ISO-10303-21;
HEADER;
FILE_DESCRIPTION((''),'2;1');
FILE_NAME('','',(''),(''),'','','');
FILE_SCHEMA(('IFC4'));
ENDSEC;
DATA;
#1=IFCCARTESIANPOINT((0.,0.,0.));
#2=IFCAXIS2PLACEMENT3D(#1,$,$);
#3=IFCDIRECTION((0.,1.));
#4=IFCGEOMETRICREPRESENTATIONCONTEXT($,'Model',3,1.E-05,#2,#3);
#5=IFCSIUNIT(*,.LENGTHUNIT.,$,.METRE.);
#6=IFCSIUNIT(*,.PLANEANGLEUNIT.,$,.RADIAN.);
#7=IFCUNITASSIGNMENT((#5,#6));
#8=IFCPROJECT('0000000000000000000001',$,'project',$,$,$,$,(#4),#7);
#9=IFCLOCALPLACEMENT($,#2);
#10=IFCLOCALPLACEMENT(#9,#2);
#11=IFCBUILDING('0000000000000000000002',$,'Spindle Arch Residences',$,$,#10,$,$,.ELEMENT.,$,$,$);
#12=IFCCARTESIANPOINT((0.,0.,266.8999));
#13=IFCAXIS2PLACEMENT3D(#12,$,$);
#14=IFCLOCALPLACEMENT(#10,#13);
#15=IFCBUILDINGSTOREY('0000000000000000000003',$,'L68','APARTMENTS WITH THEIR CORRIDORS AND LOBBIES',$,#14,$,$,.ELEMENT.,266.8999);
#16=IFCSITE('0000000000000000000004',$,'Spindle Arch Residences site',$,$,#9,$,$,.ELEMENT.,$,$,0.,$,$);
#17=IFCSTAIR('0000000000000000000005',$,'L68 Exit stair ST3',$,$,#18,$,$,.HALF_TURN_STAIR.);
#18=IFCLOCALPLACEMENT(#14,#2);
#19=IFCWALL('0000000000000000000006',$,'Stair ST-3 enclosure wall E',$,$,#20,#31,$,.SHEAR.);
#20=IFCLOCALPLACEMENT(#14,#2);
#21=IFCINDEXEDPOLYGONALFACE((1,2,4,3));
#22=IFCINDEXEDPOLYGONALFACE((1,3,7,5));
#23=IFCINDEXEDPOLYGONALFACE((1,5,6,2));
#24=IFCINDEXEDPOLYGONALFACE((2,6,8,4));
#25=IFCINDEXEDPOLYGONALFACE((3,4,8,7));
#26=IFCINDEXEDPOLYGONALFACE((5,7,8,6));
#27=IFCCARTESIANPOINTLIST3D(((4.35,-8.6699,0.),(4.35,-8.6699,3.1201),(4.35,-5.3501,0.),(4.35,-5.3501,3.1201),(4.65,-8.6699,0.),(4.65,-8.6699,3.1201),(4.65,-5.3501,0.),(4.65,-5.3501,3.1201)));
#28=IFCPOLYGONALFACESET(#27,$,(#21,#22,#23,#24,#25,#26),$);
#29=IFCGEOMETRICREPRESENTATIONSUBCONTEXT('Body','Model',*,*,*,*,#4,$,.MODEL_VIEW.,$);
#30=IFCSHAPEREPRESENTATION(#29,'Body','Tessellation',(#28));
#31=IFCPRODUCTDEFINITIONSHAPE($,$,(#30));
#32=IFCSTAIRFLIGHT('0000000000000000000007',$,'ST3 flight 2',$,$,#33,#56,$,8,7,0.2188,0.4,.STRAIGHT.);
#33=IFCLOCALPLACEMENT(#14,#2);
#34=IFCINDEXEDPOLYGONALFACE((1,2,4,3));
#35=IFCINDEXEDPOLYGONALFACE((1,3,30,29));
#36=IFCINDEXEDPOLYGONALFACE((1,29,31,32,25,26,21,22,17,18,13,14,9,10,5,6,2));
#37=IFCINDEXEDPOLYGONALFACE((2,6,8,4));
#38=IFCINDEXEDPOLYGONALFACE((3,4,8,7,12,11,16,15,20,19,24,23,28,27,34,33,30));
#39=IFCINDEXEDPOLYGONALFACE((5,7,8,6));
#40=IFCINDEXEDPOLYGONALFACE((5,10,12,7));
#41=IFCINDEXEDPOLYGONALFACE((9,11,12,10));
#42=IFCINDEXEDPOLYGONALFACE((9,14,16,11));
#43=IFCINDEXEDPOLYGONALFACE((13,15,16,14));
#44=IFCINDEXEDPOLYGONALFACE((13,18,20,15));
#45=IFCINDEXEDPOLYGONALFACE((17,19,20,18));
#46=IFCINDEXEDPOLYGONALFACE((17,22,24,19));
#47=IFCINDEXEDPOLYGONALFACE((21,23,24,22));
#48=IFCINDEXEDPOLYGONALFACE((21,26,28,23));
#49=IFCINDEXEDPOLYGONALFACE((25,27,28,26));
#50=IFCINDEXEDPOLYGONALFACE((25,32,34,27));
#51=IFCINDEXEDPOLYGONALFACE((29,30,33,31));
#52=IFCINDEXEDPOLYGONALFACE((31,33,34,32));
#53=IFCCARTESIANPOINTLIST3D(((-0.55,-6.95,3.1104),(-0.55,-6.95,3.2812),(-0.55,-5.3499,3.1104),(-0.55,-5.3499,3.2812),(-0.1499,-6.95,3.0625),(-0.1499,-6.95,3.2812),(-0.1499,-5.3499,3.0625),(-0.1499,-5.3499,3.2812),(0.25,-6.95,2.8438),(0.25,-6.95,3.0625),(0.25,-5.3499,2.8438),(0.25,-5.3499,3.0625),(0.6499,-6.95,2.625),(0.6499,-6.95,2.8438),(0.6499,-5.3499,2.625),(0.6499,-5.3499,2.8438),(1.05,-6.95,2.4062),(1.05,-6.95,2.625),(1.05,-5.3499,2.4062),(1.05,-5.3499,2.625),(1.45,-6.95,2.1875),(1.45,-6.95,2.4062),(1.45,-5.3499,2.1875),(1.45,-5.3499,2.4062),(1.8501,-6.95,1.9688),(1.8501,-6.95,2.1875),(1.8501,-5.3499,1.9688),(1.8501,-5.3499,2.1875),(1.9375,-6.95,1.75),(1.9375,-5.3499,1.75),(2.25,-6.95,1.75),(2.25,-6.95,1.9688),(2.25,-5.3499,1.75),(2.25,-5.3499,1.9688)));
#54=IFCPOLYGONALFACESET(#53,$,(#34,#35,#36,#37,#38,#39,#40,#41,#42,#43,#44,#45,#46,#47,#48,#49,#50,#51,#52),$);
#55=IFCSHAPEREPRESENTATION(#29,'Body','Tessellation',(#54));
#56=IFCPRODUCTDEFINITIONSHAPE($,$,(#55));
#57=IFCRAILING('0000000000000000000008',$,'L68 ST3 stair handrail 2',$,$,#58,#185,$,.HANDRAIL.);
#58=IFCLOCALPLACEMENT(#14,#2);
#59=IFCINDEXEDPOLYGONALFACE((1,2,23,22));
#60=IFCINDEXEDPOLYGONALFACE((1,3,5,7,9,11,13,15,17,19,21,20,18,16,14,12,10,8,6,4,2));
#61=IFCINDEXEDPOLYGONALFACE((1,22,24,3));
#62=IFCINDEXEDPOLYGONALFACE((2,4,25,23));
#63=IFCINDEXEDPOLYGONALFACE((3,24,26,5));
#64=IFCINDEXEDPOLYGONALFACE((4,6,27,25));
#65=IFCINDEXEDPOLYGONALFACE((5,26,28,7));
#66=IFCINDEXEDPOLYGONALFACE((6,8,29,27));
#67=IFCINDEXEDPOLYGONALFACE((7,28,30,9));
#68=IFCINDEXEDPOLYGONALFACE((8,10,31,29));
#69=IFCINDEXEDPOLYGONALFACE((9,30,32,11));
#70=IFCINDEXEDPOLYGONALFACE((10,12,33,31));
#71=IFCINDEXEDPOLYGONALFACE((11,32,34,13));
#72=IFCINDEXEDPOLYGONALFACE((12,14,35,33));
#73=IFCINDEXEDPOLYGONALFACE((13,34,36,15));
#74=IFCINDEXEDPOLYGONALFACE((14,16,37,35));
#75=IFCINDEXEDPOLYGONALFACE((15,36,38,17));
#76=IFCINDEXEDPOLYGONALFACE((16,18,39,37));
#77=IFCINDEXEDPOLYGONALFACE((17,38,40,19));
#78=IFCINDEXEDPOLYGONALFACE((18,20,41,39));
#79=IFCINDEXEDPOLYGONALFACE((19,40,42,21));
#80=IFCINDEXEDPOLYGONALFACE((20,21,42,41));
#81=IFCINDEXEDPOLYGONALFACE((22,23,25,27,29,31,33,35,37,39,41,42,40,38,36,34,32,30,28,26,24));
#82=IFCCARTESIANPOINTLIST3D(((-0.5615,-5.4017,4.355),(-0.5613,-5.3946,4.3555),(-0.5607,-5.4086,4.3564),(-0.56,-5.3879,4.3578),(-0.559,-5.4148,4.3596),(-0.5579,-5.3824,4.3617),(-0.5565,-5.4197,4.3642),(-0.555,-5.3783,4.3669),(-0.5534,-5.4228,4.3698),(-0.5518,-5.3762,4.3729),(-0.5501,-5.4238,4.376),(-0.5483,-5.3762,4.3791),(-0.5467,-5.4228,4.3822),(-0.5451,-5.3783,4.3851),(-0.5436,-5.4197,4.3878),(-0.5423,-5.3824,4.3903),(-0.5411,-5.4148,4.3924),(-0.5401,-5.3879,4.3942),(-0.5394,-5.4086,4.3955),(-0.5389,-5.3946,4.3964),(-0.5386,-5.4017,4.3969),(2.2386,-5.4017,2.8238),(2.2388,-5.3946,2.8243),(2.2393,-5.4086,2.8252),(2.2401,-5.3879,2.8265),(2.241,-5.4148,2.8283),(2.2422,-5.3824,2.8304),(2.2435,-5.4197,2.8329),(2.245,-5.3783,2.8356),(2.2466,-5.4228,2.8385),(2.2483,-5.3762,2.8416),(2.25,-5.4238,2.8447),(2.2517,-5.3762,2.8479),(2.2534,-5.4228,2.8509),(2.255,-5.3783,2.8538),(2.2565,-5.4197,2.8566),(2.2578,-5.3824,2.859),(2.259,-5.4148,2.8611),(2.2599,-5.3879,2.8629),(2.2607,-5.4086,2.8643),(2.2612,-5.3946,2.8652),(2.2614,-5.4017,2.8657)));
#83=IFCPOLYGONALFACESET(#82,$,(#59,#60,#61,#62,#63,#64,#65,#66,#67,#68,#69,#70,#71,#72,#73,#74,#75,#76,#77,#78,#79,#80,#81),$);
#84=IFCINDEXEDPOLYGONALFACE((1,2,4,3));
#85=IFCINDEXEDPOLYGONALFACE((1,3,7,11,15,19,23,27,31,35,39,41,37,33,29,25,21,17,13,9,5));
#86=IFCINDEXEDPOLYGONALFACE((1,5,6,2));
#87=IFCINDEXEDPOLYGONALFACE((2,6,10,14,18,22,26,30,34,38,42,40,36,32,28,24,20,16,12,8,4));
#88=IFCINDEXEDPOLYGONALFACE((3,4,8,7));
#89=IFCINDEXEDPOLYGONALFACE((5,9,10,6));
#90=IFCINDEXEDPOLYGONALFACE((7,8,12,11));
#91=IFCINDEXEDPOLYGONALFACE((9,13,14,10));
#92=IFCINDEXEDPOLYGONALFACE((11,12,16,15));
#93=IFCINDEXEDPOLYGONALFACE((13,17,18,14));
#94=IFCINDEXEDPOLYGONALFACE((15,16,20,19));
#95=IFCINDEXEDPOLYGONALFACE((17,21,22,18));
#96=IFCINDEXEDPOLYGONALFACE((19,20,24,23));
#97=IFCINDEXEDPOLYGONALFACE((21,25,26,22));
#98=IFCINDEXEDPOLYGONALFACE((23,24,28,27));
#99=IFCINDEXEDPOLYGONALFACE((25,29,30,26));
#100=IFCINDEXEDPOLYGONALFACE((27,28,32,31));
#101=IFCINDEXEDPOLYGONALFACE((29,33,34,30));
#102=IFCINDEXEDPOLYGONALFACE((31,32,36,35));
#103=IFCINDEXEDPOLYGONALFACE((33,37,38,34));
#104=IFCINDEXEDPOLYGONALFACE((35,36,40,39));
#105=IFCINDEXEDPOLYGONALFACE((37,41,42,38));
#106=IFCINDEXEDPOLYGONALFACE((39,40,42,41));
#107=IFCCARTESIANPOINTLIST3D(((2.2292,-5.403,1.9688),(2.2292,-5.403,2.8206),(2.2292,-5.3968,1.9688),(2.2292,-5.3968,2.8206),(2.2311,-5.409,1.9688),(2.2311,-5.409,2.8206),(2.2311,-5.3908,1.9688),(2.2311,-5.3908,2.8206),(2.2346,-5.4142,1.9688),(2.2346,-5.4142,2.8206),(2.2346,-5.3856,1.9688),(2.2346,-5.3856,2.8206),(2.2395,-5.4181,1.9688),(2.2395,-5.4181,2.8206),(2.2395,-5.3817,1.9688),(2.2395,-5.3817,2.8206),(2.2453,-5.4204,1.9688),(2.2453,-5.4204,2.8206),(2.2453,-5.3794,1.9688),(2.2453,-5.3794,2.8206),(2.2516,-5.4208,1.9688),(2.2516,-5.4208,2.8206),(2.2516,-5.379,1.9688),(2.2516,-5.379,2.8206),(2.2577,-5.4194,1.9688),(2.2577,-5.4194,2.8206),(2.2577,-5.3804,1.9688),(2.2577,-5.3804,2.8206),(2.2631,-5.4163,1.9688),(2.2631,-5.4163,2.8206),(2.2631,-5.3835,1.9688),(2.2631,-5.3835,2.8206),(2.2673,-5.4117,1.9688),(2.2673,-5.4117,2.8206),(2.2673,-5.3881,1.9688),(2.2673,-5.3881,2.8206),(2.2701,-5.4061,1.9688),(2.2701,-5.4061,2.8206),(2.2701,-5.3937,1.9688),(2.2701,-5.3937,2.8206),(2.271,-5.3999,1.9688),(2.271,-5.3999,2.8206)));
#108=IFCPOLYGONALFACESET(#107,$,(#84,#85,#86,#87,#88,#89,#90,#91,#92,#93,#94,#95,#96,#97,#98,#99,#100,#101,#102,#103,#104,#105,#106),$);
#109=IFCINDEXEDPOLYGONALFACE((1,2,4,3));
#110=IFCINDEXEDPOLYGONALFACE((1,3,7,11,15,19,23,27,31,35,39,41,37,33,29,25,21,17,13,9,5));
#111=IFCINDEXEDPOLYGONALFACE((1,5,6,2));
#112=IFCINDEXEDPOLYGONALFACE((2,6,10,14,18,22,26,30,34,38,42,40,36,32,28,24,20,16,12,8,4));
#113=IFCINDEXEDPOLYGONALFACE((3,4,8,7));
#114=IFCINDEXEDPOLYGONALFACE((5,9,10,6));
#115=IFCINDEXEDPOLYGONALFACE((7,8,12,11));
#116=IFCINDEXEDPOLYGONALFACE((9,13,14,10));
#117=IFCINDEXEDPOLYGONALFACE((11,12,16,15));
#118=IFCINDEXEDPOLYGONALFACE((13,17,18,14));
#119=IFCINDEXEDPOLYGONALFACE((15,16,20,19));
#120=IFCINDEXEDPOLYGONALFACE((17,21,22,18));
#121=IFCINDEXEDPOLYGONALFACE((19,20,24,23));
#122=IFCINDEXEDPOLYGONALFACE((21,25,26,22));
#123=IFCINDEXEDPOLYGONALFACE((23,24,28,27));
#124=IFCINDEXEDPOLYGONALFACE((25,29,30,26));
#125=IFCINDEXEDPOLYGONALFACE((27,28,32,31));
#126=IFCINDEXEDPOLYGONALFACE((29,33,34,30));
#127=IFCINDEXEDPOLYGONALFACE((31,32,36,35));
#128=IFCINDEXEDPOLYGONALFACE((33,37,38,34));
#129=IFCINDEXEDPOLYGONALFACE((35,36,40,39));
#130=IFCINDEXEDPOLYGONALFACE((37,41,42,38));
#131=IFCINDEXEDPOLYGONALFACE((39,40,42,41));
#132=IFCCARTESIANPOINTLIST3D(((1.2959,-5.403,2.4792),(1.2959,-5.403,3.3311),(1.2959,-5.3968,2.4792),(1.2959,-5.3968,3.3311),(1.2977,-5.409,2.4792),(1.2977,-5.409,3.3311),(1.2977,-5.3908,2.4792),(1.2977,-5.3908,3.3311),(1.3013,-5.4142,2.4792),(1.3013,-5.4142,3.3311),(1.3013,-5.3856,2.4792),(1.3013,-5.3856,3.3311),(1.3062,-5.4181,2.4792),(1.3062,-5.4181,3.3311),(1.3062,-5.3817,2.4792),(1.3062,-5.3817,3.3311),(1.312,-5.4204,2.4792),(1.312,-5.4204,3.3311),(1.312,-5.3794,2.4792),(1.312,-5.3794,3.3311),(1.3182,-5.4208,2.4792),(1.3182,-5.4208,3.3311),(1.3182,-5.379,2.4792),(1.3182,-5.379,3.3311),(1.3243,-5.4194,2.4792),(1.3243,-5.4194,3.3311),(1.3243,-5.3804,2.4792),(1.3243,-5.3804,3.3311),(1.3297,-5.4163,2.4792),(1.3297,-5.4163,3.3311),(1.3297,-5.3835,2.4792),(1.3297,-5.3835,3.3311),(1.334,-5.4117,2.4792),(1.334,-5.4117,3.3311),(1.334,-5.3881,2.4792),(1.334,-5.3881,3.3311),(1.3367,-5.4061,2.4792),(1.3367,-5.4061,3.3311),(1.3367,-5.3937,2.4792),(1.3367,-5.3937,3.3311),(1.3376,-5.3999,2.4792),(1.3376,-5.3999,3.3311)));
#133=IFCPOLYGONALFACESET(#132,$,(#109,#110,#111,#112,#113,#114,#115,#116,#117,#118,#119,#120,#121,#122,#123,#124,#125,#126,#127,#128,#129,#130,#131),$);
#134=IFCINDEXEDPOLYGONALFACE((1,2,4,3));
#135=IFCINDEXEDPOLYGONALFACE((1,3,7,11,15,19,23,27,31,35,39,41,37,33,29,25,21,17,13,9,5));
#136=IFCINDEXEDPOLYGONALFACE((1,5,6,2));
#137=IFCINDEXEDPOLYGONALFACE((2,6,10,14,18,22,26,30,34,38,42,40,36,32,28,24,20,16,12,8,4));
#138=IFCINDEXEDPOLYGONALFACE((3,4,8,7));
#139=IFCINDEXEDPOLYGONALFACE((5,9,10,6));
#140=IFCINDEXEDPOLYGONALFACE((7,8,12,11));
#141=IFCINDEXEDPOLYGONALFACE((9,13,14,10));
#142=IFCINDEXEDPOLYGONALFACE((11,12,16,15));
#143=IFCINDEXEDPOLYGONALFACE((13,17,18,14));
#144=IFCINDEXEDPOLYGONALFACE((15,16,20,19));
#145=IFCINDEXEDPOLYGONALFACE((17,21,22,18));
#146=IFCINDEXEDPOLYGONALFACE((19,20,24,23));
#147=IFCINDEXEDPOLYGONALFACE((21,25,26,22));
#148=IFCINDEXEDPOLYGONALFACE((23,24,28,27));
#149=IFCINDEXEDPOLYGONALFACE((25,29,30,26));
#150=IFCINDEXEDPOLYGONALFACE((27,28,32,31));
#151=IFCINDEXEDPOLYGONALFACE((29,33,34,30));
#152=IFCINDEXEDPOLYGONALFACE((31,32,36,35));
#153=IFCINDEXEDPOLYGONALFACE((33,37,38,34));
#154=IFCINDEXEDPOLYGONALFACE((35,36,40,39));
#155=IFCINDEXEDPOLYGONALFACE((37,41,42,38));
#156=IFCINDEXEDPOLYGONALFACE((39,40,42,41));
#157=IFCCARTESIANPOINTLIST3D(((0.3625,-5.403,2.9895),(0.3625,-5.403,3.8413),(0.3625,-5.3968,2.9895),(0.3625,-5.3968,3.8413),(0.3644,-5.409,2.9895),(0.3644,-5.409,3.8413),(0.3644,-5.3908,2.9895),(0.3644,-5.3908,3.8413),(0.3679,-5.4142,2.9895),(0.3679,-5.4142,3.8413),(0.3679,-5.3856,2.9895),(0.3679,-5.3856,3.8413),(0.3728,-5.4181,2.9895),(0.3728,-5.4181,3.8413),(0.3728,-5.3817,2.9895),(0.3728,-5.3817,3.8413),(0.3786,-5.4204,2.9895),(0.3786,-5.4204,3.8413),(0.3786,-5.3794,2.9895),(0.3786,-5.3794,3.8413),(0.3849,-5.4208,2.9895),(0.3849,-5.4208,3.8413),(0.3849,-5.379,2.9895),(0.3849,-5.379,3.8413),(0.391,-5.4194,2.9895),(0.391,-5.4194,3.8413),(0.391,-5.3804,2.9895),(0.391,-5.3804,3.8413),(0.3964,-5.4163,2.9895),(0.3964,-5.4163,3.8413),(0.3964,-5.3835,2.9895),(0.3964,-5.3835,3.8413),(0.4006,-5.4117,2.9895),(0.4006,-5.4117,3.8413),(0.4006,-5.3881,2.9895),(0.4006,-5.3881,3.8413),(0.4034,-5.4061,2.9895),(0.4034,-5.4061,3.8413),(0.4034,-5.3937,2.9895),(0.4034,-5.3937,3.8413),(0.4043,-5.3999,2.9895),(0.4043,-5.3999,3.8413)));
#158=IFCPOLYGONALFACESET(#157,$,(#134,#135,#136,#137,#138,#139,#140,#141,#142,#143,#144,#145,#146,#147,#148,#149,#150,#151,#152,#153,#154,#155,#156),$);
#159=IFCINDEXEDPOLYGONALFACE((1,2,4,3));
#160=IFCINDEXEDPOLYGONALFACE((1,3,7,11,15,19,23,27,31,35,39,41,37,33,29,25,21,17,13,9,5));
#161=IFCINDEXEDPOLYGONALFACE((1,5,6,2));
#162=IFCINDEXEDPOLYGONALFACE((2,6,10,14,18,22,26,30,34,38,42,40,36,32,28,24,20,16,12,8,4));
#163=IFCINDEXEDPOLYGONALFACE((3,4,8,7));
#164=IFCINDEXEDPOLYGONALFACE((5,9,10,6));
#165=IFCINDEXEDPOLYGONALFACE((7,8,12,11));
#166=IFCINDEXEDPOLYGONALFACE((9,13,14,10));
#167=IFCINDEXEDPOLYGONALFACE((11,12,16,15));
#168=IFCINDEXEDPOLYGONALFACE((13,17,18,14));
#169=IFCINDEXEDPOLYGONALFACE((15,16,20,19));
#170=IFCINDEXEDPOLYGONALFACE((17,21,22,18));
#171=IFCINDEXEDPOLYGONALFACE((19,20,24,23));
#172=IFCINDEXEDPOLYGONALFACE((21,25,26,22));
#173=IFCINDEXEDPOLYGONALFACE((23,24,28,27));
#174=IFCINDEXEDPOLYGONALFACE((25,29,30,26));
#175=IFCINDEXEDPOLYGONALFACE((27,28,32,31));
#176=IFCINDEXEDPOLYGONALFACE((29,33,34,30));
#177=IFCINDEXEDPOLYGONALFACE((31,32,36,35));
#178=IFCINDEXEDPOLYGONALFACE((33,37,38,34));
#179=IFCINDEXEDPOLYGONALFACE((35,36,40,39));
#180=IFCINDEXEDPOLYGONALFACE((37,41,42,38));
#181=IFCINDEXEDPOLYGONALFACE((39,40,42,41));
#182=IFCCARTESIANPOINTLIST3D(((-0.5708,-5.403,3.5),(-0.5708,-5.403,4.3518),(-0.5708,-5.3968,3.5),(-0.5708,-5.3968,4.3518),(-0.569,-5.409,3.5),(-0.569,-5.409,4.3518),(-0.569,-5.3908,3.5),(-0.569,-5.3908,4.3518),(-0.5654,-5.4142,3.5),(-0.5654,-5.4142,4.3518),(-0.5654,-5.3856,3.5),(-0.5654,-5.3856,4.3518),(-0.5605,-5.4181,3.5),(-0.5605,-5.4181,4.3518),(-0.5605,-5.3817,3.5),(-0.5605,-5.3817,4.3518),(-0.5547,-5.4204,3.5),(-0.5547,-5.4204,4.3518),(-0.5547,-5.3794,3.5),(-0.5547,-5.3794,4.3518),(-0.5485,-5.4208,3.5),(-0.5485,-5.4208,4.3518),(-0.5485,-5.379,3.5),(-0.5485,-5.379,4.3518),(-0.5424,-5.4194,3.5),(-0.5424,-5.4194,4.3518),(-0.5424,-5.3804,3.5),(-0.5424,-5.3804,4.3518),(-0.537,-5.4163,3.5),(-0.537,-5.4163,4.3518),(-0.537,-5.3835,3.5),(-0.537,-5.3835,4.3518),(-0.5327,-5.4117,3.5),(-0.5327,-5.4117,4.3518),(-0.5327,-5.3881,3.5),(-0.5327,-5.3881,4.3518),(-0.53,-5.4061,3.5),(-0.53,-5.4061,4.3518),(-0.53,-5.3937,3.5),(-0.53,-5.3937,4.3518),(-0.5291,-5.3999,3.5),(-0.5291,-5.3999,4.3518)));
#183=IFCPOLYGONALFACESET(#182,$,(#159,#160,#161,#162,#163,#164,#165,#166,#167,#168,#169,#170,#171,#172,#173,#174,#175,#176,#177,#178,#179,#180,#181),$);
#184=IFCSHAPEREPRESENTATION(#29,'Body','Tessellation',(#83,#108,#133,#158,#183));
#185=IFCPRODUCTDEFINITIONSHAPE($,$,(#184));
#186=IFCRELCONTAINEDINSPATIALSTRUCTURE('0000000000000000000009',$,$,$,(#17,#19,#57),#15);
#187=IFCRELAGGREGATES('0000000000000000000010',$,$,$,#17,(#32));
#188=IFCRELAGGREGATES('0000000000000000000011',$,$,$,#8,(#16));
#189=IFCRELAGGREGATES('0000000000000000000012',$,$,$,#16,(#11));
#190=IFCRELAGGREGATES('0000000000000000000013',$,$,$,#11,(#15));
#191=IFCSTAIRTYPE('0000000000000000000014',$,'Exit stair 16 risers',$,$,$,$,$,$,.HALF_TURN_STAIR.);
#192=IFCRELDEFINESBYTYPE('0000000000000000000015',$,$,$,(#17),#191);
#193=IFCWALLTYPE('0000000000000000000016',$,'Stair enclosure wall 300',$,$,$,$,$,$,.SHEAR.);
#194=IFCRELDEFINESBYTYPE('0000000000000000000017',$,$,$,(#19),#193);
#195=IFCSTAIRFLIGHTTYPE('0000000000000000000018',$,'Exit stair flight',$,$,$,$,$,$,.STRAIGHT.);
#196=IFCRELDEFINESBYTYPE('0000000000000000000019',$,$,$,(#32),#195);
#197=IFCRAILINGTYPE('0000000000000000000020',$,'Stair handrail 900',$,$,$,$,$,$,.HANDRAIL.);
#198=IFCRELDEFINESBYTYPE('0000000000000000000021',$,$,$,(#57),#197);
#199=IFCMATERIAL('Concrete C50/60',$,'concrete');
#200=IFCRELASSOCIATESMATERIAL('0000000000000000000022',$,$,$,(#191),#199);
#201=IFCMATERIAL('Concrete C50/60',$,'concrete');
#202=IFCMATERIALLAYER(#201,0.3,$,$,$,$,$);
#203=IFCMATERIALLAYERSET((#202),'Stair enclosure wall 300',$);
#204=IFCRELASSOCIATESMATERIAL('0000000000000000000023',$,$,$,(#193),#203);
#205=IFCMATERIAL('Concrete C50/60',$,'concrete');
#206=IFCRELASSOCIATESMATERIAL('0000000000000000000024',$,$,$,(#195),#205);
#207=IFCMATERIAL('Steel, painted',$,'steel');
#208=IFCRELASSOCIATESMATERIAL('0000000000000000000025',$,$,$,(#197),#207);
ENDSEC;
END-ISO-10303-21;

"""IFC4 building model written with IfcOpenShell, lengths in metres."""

from ifc_helpers import new_model, si_unit, direction, frame, frame_2d, origin, origin_2d, place, context, subcontext, project, spatial, polyline, rectangle, circle, outline, extrude, material, layer, layer_set, type_object, element, aggregate, save


model = new_model("IFC4")

# Units and contexts
model_context = context("Model", 3, precision=1e-05, world=origin(), true_north=direction((0.0, 1.0)))
body_context = subcontext(model_context, "Body", "Model", "MODEL_VIEW")
ifc_project = project(units=[si_unit("LENGTHUNIT", "METRE"), si_unit("PLANEANGLEUNIT", "RADIAN")], contexts=[model_context])

# Site, building, storey
site_placement = place(None, origin())
site = spatial("IfcSite", under=ifc_project, at=site_placement, Name="Spindle Arch Residences site", CompositionType="ELEMENT", RefElevation=0.0)
building_placement = place(site_placement, origin())
building = spatial("IfcBuilding", under=site, at=building_placement, Name="Spindle Arch Residences", CompositionType="ELEMENT")
storey_placement = place(building_placement, frame((0.0, 0.0, 266.8999)))
storey = spatial("IfcBuildingStorey", under=building, at=storey_placement, Name="L68", Description="APARTMENTS WITH THEIR CORRIDORS AND LOBBIES", CompositionType="ELEMENT", Elevation=266.8999)

# Stair
ifc_material_1 = material(Name="Concrete C50/60", Category="concrete")
stair_type = type_object("IfcStairType", Name="Exit stair 16 risers", PredefinedType="HALF_TURN_STAIR", material=ifc_material_1)
stair_1_placement = place(storey_placement, origin())
stair_1 = element("IfcStair", 1, at=stair_1_placement, inside=storey, type_object=stair_type, Name="L68 Exit stair ST3", PredefinedType="HALF_TURN_STAIR")

# Wall
ifc_material_2 = material(Name="Concrete C50/60", Category="concrete")
ifc_layer_1 = layer(ifc_material_2, 0.3)
ifc_layer_set_1 = layer_set([ifc_layer_1], Name="Stair enclosure wall 300")
wall_type_1 = type_object("IfcWallType", Name="Stair enclosure wall 300", PredefinedType="SHEAR", material=ifc_layer_set_1)
wall_1_placement = place(storey_placement, frame((4.5, -8.6699, 0.0), z_axis=(0.0, 0.0, 1.0), x_axis=(0.0, 1.0, 0.0)))
element("IfcWall", 2, at=wall_1_placement, inside=storey, type_object=wall_type_1, Name="Stair ST-3 enclosure wall E", PredefinedType="SHEAR", context=body_context, shape_type="SweptSolid", body=[
    extrude(rectangle(XDim=3.3198, YDim=0.3, at=frame_2d((1.6599, 0.0))), origin(), (0.0, 0.0, 1.0), 3.1201),
])

# Stair flight
ifc_material_3 = material(Name="Concrete C50/60", Category="concrete")
stair_flight_type = type_object("IfcStairFlightType", Name="Exit stair flight", PredefinedType="STRAIGHT", material=ifc_material_3)
stair_flight_placement = place(storey_placement, frame((2.25, -6.1499, 1.75), z_axis=(0.0, 0.0, 1.0), x_axis=(-1.0, 0.0, 0.0)))
stair_flight = element("IfcStairFlight", 3, at=stair_flight_placement, type_object=stair_flight_type, Name="ST3 flight 2", NumberOfRisers=8, NumberOfTreads=7, PredefinedType="STRAIGHT", RiserHeight=0.2188, TreadLength=0.4, context=body_context, shape_type="SweptSolid", body=[
    extrude(outline(polyline([(0.0, 0.0), (0.0, 0.2188), (0.3999, 0.2188), (0.3999, 0.4375), (0.8, 0.4375), (0.8, 0.6562), (1.2, 0.6562), (1.2, 0.875), (1.6001, 0.875), (1.6001, 1.0938), (2.0, 1.0938), (2.0, 1.3125), (2.3999, 1.3125), (2.3999, 1.5312), (2.8, 1.5312), (2.8, 1.75), (2.8, 1.3604), (0.3125, 0.0), (0.0, 0.0)])), frame((0.0, 0.8, 0.0), z_axis=(0.0, -1.0, 0.0), x_axis=(1.0, 0.0, 0.0)), (0.0, 0.0, 1.0), 1.6001),
])
aggregate(stair_1, [stair_flight])

# Railing
ifc_material_4 = material(Name="Steel, painted", Category="steel")
railing_type = type_object("IfcRailingType", Name="Stair handrail 900", PredefinedType="HANDRAIL", material=ifc_material_4)
railing_placement = place(storey_placement, frame((2.25, -5.3999, 1.9688)))
element("IfcRailing", 4, at=railing_placement, inside=storey, type_object=railing_type, Name="L68 ST3 stair handrail 2", PredefinedType="HANDRAIL", context=body_context, shape_type="SweptSolid", body=[
    extrude(circle(Radius=0.0239, at=origin_2d()), frame((0.0, 0.0, 0.876), z_axis=(-0.877375, 0.0, 0.479806), x_axis=(0.0, -1.0, 0.0)), (0.0, 0.0, 1.0), 3.1914),
    extrude(circle(Radius=0.021, at=origin_2d()), origin(), (0.0, 0.0, 1.0), 0.8518),
    extrude(circle(Radius=0.021, at=origin_2d()), frame((-0.9333, 0.0, 0.5105)), (0.0, 0.0, 1.0), 0.8518),
    extrude(circle(Radius=0.021, at=origin_2d()), frame((-1.8667, 0.0, 1.0208)), (0.0, 0.0, 1.0), 0.8518),
    extrude(circle(Radius=0.021, at=origin_2d()), frame((-2.8, 0.0, 1.5312)), (0.0, 0.0, 1.0), 0.8518),
])

save(model, "model.ifc")
